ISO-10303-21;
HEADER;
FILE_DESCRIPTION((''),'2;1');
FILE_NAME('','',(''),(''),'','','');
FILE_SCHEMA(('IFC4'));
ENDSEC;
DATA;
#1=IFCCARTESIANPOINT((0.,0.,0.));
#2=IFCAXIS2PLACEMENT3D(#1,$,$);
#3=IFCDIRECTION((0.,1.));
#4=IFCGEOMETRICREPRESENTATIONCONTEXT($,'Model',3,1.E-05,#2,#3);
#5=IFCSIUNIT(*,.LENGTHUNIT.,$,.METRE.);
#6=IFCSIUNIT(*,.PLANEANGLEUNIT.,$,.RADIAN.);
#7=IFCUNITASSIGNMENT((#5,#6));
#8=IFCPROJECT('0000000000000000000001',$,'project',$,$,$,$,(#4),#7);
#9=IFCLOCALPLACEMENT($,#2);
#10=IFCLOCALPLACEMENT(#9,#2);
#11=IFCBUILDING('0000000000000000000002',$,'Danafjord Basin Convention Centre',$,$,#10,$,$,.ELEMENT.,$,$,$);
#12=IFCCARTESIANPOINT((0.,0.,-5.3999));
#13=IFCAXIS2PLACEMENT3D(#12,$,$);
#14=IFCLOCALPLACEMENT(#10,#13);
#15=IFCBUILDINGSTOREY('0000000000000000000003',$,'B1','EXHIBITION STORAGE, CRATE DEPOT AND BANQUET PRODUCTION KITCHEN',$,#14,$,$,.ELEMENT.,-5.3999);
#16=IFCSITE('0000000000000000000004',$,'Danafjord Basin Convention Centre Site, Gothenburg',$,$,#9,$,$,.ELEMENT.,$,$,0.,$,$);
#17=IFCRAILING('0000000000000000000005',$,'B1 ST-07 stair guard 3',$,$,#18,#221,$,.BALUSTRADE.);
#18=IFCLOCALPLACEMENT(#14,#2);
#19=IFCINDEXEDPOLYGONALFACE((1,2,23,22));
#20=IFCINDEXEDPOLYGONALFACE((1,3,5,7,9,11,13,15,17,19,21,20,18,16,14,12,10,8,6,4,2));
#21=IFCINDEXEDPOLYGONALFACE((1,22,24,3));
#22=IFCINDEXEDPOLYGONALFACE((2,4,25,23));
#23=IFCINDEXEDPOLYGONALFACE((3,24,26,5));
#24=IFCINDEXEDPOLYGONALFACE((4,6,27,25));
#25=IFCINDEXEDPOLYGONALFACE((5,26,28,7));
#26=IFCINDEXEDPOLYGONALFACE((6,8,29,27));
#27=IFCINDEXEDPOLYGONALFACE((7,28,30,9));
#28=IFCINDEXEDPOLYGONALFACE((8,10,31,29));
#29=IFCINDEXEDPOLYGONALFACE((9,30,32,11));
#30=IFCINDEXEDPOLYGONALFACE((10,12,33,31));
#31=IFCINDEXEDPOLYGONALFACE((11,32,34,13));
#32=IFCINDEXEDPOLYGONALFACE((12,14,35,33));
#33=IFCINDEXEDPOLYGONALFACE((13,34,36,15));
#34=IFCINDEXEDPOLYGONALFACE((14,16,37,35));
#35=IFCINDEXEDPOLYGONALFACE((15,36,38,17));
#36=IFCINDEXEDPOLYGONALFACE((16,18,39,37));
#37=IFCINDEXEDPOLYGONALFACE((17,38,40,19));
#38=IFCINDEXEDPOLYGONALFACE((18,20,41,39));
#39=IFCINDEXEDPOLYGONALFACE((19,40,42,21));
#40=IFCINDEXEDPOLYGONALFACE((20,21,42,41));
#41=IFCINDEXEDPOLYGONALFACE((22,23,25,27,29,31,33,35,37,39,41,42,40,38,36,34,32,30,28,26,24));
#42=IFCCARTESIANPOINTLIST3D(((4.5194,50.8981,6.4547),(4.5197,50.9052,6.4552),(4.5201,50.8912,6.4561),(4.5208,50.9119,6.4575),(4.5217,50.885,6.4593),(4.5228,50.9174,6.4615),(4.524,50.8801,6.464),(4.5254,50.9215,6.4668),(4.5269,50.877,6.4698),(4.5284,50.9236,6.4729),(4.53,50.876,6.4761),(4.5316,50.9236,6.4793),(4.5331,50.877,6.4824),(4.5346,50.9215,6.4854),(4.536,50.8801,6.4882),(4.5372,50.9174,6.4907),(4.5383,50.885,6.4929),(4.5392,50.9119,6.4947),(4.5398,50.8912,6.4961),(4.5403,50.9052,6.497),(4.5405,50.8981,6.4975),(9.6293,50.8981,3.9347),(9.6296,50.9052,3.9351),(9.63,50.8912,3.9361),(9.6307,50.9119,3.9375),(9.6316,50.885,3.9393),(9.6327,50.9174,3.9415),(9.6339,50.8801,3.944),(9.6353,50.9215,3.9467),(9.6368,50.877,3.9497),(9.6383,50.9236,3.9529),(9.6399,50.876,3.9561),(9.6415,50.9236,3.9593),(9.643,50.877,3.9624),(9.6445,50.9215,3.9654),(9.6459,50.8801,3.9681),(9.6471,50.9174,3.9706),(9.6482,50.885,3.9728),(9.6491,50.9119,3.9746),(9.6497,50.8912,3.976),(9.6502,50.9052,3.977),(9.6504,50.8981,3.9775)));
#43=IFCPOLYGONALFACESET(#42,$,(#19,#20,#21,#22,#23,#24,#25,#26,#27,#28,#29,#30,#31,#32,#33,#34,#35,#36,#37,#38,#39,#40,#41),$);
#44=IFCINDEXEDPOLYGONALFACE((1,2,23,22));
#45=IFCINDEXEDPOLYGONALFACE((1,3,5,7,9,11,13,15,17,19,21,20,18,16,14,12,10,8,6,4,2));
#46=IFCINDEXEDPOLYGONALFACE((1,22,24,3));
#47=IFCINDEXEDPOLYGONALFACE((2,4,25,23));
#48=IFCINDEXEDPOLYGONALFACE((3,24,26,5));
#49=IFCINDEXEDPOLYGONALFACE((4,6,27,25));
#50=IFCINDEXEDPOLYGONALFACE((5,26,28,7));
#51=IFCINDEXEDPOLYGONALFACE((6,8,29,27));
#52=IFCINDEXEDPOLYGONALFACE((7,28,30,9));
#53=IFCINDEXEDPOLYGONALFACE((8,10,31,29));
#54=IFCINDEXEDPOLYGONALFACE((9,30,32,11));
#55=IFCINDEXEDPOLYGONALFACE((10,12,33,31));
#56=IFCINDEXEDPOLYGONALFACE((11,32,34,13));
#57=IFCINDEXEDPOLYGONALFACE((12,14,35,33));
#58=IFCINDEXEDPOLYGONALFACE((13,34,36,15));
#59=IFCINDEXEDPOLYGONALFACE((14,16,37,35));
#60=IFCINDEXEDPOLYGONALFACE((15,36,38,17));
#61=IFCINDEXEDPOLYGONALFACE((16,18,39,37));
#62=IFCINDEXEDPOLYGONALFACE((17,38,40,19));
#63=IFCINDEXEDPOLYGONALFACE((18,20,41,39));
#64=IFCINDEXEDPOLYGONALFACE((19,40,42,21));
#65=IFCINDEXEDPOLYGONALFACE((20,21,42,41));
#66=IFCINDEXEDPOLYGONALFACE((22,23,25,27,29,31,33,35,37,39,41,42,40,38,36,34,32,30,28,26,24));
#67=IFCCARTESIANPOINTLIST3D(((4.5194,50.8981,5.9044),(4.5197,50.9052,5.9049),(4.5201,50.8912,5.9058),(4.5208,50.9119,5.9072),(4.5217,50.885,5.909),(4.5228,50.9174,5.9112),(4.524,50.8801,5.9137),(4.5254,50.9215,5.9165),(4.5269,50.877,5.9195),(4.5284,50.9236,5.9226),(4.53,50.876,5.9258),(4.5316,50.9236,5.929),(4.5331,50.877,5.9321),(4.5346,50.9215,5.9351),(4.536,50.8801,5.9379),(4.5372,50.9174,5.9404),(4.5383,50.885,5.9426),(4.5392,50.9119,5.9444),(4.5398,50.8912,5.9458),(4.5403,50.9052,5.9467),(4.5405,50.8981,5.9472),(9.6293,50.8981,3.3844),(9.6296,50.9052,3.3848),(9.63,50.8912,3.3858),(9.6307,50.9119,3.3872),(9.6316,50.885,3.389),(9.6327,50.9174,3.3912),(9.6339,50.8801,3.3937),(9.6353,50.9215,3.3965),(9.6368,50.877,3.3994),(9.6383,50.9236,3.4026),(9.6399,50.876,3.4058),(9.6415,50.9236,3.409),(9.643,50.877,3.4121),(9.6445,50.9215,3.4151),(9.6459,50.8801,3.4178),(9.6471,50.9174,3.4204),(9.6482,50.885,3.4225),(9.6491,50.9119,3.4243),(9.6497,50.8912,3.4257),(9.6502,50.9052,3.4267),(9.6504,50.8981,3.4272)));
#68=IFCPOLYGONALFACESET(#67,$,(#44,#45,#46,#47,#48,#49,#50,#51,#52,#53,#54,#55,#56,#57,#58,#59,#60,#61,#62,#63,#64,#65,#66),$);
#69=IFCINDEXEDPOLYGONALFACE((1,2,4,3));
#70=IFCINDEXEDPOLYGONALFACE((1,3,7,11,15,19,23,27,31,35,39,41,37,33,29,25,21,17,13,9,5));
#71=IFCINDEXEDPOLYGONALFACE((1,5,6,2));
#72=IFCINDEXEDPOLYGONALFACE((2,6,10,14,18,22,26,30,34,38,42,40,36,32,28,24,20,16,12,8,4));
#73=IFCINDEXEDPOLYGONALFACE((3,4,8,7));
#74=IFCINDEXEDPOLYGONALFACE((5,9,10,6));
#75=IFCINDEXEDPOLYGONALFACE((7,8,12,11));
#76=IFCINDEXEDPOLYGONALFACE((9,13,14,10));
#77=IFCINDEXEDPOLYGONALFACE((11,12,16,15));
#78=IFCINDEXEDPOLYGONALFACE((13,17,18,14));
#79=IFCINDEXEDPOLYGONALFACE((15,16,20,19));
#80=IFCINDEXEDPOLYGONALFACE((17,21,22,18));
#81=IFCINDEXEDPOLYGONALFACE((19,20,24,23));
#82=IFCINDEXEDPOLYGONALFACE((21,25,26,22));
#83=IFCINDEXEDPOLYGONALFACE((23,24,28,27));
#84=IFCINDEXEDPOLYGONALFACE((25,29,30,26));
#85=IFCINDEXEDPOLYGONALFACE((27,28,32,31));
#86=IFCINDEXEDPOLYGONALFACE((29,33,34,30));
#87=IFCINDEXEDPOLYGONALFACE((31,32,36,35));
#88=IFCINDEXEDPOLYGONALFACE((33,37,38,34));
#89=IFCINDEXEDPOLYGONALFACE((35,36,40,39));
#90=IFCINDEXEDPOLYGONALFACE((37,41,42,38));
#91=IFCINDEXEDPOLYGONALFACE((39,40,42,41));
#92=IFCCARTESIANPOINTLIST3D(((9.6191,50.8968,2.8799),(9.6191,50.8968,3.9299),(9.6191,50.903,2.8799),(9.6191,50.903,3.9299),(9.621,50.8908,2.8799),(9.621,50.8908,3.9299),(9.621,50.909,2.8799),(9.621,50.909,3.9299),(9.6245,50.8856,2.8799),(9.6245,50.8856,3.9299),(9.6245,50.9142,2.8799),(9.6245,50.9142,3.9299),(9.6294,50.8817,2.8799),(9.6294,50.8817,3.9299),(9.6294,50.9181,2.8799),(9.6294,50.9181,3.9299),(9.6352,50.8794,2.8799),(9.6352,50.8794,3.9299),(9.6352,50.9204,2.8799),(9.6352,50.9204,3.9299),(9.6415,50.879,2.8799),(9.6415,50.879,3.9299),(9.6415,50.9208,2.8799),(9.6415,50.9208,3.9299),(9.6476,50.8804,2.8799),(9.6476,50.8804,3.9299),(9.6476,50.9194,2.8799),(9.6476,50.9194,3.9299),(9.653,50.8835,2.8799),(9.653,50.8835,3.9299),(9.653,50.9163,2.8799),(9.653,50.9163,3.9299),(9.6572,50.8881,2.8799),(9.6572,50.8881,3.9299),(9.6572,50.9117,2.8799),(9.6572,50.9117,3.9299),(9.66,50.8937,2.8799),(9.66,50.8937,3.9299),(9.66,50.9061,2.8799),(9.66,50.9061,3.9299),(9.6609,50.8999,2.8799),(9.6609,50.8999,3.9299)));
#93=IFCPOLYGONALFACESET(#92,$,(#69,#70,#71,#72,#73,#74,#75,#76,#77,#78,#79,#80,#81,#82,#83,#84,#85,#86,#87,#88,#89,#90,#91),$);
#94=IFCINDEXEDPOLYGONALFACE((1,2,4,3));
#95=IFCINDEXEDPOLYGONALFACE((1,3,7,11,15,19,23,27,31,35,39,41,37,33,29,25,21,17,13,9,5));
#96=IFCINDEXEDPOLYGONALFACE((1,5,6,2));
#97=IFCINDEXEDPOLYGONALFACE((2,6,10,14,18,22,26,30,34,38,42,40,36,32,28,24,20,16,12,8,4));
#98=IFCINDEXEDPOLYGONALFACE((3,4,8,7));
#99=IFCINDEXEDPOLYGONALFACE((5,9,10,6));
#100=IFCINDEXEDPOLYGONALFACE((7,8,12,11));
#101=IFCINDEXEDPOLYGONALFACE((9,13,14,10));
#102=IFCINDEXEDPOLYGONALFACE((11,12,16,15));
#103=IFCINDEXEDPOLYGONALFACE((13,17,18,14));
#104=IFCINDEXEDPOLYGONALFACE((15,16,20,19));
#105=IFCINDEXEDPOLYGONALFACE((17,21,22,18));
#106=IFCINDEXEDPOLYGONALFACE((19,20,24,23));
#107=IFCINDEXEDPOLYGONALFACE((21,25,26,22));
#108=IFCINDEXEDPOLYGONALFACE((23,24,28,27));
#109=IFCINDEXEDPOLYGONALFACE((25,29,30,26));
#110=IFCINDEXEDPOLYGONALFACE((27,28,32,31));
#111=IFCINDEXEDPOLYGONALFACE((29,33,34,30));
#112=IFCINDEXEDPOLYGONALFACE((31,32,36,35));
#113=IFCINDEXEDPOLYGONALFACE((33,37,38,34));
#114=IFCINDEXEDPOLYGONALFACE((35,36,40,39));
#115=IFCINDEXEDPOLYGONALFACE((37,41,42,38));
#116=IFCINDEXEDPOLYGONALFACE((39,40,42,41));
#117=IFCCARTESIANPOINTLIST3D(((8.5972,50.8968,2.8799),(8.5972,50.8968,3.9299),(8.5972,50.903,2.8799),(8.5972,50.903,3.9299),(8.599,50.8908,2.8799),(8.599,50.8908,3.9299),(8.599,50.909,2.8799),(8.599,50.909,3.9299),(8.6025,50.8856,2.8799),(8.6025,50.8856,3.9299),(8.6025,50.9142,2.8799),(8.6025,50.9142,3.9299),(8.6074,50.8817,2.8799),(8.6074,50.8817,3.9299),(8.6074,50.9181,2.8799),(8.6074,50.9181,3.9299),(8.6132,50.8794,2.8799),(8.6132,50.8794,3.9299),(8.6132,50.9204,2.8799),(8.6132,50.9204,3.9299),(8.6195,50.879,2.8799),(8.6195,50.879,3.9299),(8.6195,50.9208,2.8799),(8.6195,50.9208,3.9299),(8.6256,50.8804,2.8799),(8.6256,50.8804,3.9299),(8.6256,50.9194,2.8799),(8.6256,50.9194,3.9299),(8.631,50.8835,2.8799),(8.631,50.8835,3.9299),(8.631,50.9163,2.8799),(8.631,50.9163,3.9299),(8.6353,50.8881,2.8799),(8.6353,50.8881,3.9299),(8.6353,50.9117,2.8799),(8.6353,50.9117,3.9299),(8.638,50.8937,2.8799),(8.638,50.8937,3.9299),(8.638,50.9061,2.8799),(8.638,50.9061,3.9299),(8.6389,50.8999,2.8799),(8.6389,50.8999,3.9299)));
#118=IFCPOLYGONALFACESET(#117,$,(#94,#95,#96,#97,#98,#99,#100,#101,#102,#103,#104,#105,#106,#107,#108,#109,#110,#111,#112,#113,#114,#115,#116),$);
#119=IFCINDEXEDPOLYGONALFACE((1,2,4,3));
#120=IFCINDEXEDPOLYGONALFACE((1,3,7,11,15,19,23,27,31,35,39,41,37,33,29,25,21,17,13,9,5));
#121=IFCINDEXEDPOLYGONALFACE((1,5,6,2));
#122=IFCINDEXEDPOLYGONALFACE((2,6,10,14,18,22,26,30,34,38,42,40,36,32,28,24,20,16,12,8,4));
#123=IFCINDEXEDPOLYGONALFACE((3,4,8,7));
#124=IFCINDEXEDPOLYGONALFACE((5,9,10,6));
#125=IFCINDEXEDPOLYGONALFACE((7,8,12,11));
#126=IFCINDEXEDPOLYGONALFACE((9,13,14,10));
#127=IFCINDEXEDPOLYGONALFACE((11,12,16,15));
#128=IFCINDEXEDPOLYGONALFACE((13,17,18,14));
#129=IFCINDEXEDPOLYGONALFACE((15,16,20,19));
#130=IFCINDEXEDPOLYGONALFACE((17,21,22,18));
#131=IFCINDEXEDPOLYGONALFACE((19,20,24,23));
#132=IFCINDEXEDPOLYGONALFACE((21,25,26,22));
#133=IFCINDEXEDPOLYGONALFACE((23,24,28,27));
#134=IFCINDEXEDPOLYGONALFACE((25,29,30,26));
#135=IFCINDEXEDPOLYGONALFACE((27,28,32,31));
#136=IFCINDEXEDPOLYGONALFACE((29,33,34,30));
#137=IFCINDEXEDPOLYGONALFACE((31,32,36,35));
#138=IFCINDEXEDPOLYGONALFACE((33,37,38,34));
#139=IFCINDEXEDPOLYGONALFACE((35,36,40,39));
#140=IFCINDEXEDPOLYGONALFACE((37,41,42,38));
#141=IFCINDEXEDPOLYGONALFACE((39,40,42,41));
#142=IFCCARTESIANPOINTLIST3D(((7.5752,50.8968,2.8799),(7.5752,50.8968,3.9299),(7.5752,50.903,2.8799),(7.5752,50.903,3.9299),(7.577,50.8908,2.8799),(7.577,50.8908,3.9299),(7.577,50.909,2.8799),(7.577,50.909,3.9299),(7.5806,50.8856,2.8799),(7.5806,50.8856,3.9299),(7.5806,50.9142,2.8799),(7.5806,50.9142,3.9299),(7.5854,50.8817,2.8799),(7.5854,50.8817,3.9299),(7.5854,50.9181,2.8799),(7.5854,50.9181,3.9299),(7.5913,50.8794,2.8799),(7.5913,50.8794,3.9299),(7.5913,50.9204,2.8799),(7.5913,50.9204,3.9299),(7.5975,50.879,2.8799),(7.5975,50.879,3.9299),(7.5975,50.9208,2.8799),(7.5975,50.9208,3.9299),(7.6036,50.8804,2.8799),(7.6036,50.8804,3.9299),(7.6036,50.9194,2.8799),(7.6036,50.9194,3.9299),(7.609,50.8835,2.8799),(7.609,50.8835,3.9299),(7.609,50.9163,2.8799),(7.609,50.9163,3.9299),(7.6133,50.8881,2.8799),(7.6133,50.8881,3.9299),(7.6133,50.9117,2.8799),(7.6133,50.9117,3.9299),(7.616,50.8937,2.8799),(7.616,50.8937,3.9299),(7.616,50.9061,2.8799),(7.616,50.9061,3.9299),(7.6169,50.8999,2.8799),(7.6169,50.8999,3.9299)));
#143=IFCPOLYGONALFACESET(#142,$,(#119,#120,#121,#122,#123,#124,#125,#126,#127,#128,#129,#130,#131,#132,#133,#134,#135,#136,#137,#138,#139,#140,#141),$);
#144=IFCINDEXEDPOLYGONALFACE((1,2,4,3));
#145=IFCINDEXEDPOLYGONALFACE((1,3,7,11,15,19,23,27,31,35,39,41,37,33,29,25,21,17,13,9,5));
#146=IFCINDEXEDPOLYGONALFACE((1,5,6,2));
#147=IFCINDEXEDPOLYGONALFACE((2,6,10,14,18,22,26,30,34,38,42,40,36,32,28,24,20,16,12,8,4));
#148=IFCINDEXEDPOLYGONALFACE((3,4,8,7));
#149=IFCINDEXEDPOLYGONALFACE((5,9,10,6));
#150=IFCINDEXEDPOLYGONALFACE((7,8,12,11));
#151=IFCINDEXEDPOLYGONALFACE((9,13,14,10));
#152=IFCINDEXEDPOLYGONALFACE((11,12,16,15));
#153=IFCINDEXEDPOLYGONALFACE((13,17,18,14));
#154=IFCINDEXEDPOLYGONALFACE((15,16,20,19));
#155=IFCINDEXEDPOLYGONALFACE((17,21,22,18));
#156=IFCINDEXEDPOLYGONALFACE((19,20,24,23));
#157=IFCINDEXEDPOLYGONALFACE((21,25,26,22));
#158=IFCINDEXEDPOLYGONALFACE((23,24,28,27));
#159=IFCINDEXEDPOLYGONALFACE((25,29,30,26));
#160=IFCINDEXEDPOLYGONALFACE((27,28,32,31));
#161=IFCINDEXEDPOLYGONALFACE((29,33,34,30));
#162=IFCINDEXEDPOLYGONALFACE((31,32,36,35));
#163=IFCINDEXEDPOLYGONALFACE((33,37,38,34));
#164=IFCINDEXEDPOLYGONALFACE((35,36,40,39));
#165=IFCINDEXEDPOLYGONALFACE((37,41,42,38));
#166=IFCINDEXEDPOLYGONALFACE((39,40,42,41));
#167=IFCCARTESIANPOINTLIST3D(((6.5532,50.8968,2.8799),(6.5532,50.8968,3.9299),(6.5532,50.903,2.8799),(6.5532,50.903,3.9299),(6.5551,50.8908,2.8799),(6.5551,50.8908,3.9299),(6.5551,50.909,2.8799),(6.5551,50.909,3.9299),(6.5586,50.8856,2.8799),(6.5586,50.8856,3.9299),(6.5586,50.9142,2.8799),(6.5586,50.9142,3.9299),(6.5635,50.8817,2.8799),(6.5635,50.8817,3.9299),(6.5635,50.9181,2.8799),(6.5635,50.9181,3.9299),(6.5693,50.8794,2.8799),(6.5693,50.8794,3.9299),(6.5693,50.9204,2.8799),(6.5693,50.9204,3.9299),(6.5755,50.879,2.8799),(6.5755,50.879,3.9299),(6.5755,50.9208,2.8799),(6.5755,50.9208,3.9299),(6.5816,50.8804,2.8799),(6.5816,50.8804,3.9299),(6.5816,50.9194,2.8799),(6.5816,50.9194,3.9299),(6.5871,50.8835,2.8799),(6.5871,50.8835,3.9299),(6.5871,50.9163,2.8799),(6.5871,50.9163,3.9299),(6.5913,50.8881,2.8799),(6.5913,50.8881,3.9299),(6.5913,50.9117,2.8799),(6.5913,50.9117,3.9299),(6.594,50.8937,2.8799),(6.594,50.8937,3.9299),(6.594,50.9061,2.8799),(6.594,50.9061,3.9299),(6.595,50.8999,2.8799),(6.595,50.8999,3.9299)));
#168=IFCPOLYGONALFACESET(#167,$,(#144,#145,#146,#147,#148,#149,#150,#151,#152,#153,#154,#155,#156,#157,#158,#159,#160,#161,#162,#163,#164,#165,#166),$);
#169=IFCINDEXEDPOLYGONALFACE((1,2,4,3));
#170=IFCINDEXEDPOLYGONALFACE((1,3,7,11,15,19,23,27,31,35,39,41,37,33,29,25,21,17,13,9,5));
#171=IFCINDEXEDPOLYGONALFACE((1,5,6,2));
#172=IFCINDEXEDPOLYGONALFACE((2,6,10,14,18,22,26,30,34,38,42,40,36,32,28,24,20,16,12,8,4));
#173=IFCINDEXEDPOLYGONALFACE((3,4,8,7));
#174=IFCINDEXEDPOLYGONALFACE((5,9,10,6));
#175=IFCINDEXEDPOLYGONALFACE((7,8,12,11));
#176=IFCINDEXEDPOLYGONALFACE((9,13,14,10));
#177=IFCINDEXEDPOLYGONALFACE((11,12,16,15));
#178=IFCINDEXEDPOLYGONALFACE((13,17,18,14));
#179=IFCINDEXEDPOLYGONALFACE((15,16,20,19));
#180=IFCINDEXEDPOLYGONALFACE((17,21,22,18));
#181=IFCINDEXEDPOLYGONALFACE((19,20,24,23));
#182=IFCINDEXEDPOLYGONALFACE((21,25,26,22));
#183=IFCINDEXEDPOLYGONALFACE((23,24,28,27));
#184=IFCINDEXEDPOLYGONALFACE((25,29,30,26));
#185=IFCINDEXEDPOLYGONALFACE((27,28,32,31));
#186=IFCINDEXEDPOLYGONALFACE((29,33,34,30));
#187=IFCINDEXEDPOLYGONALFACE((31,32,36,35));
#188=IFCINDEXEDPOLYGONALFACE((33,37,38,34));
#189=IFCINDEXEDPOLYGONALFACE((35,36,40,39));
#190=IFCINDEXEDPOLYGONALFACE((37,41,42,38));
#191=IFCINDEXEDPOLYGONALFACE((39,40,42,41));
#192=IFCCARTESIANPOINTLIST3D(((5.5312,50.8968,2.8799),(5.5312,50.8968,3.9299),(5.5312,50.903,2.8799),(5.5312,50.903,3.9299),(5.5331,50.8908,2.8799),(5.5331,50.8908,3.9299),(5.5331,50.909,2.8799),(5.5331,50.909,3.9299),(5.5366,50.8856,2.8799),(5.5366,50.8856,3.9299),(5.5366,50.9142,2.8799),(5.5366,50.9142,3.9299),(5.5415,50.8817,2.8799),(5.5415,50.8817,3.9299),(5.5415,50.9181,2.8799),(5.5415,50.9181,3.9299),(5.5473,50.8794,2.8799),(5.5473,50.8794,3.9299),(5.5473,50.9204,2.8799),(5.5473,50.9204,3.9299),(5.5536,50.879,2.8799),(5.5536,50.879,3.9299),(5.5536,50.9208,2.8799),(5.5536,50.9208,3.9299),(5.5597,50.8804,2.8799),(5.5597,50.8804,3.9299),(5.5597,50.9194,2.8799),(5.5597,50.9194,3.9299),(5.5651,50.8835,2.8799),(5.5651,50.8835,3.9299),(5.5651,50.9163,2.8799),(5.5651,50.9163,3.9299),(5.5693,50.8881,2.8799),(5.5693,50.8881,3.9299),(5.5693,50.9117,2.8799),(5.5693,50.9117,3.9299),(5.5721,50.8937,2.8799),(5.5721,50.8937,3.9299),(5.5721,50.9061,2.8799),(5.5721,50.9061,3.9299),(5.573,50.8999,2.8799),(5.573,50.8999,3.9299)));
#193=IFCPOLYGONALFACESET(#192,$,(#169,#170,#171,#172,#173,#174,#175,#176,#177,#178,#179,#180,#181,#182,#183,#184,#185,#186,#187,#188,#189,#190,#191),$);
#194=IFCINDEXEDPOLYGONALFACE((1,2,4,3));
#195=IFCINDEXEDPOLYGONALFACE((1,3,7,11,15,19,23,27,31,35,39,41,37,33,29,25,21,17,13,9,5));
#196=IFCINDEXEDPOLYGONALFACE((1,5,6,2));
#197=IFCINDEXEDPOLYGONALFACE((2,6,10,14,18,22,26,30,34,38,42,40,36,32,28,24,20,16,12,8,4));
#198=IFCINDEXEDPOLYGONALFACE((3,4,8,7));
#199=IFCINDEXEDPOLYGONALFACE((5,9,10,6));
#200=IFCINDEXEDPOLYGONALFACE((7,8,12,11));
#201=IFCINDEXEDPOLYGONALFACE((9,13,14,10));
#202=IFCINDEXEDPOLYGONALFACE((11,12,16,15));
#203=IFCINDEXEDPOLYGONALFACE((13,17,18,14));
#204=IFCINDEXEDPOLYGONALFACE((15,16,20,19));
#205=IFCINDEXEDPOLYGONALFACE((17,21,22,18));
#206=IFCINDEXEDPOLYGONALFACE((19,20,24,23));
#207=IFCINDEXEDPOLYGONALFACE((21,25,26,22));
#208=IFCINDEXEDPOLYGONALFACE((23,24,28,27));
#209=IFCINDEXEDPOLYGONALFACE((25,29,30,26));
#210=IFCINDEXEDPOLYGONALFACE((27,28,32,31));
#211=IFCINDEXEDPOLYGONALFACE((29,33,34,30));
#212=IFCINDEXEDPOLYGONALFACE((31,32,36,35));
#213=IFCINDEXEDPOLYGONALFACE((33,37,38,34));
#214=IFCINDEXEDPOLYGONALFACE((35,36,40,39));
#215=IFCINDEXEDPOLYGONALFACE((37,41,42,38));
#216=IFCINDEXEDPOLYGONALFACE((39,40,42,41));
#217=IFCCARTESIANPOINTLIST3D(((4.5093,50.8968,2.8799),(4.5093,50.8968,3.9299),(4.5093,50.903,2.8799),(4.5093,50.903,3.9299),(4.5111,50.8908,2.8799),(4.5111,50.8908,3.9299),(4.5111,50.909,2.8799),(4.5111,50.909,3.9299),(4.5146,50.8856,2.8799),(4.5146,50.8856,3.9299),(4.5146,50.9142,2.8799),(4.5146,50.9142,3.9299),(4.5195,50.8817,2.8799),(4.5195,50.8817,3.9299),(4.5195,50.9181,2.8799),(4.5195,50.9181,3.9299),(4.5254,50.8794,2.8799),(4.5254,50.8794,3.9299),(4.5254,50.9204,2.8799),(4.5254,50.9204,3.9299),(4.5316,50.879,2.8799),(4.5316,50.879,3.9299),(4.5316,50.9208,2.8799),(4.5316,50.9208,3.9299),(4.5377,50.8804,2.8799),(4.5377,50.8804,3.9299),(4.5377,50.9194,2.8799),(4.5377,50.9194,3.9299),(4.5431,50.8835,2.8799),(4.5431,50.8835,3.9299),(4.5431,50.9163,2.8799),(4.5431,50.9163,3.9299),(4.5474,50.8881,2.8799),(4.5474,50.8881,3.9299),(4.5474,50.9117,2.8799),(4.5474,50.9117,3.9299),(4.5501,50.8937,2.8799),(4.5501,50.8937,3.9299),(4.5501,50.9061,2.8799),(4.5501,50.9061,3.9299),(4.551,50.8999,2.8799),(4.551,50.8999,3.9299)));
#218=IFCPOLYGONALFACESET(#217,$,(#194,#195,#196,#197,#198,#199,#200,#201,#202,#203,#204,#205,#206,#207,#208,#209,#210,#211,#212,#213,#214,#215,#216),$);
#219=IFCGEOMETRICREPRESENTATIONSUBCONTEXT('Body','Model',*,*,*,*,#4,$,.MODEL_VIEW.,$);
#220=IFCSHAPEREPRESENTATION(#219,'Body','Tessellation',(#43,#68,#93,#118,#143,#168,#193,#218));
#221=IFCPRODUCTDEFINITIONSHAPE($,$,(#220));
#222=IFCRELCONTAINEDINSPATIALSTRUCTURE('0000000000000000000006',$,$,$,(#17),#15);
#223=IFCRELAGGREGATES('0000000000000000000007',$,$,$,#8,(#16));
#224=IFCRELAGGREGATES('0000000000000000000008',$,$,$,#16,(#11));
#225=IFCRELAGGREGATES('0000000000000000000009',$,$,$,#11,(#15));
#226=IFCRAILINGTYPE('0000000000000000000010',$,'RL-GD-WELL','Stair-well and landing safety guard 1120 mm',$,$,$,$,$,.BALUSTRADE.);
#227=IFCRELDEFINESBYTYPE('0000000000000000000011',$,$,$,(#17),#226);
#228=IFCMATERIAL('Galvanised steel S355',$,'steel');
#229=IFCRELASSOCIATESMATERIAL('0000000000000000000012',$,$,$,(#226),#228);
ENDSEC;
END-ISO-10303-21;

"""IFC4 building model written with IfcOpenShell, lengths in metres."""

from ifc_helpers import new_model, si_unit, direction, frame, origin, origin_2d, place, context, subcontext, project, spatial, circle, extrude, material, type_object, element, save


model = new_model("IFC4")

# Units and contexts
model_context = context("Model", 3, precision=1e-05, world=origin(), true_north=direction((0.0, 1.0)))
body_context = subcontext(model_context, "Body", "Model", "MODEL_VIEW")
ifc_project = project(units=[si_unit("LENGTHUNIT", "METRE"), si_unit("PLANEANGLEUNIT", "RADIAN")], contexts=[model_context])

# Site, building, storey
site_placement = place(None, origin())
site = spatial("IfcSite", under=ifc_project, at=site_placement, Name="Danafjord Basin Convention Centre Site, Gothenburg", CompositionType="ELEMENT", RefElevation=0.0)
building_placement = place(site_placement, origin())
building = spatial("IfcBuilding", under=site, at=building_placement, Name="Danafjord Basin Convention Centre", CompositionType="ELEMENT")
storey_placement = place(building_placement, frame((0.0, 0.0, -5.3999)))
storey = spatial("IfcBuildingStorey", under=building, at=storey_placement, Name="B1", Description="EXHIBITION STORAGE, CRATE DEPOT AND BANQUET PRODUCTION KITCHEN", CompositionType="ELEMENT", Elevation=-5.3999)

# Railing
ifc_material_1 = material(Name="Galvanised steel S355", Category="steel")
railing_type_1 = type_object("IfcRailingType", Name="RL-GD-WELL", Description="Stair-well and landing safety guard 1120 mm", PredefinedType="BALUSTRADE", material=ifc_material_1)
railing_1_placement = place(storey_placement, frame((9.6399, 50.8999, 2.8799)))
element("IfcRailing", 1, at=railing_1_placement, inside=storey, type_object=railing_type_1, Name="B1 ST-07 stair guard 3", PredefinedType="BALUSTRADE", context=body_context, shape_type="SweptSolid", body=[
    extrude(circle(Radius=0.0239, at=origin_2d()), frame((0.0, 0.0, 1.0762), z_axis=(-0.896865, 0.0, 0.442305), x_axis=(0.0, -1.0, 0.0)), (0.0, 0.0, 1.0), 5.6975),
    extrude(circle(Radius=0.0239, at=origin_2d()), frame((0.0, 0.0, 0.5259), z_axis=(-0.896865, 0.0, 0.442305), x_axis=(0.0, -1.0, 0.0)), (0.0, 0.0, 1.0), 5.6975),
    extrude(circle(Radius=0.021, at=origin_2d()), origin(), (0.0, 0.0, 1.0), 1.05),
    extrude(circle(Radius=0.021, at=origin_2d()), frame((-1.022, 0.0, 0.0)), (0.0, 0.0, 1.0), 1.05),
    extrude(circle(Radius=0.021, at=origin_2d()), frame((-2.0439, 0.0, 0.0)), (0.0, 0.0, 1.0), 1.05),
    extrude(circle(Radius=0.021, at=origin_2d()), frame((-3.0659, 0.0, 0.0)), (0.0, 0.0, 1.0), 1.05),
    extrude(circle(Radius=0.021, at=origin_2d()), frame((-4.0879, 0.0, 0.0)), (0.0, 0.0, 1.0), 1.05),
    extrude(circle(Radius=0.021, at=origin_2d()), frame((-5.1099, 0.0, 0.0)), (0.0, 0.0, 1.0), 1.05),
])

save(model, "model.ifc")
